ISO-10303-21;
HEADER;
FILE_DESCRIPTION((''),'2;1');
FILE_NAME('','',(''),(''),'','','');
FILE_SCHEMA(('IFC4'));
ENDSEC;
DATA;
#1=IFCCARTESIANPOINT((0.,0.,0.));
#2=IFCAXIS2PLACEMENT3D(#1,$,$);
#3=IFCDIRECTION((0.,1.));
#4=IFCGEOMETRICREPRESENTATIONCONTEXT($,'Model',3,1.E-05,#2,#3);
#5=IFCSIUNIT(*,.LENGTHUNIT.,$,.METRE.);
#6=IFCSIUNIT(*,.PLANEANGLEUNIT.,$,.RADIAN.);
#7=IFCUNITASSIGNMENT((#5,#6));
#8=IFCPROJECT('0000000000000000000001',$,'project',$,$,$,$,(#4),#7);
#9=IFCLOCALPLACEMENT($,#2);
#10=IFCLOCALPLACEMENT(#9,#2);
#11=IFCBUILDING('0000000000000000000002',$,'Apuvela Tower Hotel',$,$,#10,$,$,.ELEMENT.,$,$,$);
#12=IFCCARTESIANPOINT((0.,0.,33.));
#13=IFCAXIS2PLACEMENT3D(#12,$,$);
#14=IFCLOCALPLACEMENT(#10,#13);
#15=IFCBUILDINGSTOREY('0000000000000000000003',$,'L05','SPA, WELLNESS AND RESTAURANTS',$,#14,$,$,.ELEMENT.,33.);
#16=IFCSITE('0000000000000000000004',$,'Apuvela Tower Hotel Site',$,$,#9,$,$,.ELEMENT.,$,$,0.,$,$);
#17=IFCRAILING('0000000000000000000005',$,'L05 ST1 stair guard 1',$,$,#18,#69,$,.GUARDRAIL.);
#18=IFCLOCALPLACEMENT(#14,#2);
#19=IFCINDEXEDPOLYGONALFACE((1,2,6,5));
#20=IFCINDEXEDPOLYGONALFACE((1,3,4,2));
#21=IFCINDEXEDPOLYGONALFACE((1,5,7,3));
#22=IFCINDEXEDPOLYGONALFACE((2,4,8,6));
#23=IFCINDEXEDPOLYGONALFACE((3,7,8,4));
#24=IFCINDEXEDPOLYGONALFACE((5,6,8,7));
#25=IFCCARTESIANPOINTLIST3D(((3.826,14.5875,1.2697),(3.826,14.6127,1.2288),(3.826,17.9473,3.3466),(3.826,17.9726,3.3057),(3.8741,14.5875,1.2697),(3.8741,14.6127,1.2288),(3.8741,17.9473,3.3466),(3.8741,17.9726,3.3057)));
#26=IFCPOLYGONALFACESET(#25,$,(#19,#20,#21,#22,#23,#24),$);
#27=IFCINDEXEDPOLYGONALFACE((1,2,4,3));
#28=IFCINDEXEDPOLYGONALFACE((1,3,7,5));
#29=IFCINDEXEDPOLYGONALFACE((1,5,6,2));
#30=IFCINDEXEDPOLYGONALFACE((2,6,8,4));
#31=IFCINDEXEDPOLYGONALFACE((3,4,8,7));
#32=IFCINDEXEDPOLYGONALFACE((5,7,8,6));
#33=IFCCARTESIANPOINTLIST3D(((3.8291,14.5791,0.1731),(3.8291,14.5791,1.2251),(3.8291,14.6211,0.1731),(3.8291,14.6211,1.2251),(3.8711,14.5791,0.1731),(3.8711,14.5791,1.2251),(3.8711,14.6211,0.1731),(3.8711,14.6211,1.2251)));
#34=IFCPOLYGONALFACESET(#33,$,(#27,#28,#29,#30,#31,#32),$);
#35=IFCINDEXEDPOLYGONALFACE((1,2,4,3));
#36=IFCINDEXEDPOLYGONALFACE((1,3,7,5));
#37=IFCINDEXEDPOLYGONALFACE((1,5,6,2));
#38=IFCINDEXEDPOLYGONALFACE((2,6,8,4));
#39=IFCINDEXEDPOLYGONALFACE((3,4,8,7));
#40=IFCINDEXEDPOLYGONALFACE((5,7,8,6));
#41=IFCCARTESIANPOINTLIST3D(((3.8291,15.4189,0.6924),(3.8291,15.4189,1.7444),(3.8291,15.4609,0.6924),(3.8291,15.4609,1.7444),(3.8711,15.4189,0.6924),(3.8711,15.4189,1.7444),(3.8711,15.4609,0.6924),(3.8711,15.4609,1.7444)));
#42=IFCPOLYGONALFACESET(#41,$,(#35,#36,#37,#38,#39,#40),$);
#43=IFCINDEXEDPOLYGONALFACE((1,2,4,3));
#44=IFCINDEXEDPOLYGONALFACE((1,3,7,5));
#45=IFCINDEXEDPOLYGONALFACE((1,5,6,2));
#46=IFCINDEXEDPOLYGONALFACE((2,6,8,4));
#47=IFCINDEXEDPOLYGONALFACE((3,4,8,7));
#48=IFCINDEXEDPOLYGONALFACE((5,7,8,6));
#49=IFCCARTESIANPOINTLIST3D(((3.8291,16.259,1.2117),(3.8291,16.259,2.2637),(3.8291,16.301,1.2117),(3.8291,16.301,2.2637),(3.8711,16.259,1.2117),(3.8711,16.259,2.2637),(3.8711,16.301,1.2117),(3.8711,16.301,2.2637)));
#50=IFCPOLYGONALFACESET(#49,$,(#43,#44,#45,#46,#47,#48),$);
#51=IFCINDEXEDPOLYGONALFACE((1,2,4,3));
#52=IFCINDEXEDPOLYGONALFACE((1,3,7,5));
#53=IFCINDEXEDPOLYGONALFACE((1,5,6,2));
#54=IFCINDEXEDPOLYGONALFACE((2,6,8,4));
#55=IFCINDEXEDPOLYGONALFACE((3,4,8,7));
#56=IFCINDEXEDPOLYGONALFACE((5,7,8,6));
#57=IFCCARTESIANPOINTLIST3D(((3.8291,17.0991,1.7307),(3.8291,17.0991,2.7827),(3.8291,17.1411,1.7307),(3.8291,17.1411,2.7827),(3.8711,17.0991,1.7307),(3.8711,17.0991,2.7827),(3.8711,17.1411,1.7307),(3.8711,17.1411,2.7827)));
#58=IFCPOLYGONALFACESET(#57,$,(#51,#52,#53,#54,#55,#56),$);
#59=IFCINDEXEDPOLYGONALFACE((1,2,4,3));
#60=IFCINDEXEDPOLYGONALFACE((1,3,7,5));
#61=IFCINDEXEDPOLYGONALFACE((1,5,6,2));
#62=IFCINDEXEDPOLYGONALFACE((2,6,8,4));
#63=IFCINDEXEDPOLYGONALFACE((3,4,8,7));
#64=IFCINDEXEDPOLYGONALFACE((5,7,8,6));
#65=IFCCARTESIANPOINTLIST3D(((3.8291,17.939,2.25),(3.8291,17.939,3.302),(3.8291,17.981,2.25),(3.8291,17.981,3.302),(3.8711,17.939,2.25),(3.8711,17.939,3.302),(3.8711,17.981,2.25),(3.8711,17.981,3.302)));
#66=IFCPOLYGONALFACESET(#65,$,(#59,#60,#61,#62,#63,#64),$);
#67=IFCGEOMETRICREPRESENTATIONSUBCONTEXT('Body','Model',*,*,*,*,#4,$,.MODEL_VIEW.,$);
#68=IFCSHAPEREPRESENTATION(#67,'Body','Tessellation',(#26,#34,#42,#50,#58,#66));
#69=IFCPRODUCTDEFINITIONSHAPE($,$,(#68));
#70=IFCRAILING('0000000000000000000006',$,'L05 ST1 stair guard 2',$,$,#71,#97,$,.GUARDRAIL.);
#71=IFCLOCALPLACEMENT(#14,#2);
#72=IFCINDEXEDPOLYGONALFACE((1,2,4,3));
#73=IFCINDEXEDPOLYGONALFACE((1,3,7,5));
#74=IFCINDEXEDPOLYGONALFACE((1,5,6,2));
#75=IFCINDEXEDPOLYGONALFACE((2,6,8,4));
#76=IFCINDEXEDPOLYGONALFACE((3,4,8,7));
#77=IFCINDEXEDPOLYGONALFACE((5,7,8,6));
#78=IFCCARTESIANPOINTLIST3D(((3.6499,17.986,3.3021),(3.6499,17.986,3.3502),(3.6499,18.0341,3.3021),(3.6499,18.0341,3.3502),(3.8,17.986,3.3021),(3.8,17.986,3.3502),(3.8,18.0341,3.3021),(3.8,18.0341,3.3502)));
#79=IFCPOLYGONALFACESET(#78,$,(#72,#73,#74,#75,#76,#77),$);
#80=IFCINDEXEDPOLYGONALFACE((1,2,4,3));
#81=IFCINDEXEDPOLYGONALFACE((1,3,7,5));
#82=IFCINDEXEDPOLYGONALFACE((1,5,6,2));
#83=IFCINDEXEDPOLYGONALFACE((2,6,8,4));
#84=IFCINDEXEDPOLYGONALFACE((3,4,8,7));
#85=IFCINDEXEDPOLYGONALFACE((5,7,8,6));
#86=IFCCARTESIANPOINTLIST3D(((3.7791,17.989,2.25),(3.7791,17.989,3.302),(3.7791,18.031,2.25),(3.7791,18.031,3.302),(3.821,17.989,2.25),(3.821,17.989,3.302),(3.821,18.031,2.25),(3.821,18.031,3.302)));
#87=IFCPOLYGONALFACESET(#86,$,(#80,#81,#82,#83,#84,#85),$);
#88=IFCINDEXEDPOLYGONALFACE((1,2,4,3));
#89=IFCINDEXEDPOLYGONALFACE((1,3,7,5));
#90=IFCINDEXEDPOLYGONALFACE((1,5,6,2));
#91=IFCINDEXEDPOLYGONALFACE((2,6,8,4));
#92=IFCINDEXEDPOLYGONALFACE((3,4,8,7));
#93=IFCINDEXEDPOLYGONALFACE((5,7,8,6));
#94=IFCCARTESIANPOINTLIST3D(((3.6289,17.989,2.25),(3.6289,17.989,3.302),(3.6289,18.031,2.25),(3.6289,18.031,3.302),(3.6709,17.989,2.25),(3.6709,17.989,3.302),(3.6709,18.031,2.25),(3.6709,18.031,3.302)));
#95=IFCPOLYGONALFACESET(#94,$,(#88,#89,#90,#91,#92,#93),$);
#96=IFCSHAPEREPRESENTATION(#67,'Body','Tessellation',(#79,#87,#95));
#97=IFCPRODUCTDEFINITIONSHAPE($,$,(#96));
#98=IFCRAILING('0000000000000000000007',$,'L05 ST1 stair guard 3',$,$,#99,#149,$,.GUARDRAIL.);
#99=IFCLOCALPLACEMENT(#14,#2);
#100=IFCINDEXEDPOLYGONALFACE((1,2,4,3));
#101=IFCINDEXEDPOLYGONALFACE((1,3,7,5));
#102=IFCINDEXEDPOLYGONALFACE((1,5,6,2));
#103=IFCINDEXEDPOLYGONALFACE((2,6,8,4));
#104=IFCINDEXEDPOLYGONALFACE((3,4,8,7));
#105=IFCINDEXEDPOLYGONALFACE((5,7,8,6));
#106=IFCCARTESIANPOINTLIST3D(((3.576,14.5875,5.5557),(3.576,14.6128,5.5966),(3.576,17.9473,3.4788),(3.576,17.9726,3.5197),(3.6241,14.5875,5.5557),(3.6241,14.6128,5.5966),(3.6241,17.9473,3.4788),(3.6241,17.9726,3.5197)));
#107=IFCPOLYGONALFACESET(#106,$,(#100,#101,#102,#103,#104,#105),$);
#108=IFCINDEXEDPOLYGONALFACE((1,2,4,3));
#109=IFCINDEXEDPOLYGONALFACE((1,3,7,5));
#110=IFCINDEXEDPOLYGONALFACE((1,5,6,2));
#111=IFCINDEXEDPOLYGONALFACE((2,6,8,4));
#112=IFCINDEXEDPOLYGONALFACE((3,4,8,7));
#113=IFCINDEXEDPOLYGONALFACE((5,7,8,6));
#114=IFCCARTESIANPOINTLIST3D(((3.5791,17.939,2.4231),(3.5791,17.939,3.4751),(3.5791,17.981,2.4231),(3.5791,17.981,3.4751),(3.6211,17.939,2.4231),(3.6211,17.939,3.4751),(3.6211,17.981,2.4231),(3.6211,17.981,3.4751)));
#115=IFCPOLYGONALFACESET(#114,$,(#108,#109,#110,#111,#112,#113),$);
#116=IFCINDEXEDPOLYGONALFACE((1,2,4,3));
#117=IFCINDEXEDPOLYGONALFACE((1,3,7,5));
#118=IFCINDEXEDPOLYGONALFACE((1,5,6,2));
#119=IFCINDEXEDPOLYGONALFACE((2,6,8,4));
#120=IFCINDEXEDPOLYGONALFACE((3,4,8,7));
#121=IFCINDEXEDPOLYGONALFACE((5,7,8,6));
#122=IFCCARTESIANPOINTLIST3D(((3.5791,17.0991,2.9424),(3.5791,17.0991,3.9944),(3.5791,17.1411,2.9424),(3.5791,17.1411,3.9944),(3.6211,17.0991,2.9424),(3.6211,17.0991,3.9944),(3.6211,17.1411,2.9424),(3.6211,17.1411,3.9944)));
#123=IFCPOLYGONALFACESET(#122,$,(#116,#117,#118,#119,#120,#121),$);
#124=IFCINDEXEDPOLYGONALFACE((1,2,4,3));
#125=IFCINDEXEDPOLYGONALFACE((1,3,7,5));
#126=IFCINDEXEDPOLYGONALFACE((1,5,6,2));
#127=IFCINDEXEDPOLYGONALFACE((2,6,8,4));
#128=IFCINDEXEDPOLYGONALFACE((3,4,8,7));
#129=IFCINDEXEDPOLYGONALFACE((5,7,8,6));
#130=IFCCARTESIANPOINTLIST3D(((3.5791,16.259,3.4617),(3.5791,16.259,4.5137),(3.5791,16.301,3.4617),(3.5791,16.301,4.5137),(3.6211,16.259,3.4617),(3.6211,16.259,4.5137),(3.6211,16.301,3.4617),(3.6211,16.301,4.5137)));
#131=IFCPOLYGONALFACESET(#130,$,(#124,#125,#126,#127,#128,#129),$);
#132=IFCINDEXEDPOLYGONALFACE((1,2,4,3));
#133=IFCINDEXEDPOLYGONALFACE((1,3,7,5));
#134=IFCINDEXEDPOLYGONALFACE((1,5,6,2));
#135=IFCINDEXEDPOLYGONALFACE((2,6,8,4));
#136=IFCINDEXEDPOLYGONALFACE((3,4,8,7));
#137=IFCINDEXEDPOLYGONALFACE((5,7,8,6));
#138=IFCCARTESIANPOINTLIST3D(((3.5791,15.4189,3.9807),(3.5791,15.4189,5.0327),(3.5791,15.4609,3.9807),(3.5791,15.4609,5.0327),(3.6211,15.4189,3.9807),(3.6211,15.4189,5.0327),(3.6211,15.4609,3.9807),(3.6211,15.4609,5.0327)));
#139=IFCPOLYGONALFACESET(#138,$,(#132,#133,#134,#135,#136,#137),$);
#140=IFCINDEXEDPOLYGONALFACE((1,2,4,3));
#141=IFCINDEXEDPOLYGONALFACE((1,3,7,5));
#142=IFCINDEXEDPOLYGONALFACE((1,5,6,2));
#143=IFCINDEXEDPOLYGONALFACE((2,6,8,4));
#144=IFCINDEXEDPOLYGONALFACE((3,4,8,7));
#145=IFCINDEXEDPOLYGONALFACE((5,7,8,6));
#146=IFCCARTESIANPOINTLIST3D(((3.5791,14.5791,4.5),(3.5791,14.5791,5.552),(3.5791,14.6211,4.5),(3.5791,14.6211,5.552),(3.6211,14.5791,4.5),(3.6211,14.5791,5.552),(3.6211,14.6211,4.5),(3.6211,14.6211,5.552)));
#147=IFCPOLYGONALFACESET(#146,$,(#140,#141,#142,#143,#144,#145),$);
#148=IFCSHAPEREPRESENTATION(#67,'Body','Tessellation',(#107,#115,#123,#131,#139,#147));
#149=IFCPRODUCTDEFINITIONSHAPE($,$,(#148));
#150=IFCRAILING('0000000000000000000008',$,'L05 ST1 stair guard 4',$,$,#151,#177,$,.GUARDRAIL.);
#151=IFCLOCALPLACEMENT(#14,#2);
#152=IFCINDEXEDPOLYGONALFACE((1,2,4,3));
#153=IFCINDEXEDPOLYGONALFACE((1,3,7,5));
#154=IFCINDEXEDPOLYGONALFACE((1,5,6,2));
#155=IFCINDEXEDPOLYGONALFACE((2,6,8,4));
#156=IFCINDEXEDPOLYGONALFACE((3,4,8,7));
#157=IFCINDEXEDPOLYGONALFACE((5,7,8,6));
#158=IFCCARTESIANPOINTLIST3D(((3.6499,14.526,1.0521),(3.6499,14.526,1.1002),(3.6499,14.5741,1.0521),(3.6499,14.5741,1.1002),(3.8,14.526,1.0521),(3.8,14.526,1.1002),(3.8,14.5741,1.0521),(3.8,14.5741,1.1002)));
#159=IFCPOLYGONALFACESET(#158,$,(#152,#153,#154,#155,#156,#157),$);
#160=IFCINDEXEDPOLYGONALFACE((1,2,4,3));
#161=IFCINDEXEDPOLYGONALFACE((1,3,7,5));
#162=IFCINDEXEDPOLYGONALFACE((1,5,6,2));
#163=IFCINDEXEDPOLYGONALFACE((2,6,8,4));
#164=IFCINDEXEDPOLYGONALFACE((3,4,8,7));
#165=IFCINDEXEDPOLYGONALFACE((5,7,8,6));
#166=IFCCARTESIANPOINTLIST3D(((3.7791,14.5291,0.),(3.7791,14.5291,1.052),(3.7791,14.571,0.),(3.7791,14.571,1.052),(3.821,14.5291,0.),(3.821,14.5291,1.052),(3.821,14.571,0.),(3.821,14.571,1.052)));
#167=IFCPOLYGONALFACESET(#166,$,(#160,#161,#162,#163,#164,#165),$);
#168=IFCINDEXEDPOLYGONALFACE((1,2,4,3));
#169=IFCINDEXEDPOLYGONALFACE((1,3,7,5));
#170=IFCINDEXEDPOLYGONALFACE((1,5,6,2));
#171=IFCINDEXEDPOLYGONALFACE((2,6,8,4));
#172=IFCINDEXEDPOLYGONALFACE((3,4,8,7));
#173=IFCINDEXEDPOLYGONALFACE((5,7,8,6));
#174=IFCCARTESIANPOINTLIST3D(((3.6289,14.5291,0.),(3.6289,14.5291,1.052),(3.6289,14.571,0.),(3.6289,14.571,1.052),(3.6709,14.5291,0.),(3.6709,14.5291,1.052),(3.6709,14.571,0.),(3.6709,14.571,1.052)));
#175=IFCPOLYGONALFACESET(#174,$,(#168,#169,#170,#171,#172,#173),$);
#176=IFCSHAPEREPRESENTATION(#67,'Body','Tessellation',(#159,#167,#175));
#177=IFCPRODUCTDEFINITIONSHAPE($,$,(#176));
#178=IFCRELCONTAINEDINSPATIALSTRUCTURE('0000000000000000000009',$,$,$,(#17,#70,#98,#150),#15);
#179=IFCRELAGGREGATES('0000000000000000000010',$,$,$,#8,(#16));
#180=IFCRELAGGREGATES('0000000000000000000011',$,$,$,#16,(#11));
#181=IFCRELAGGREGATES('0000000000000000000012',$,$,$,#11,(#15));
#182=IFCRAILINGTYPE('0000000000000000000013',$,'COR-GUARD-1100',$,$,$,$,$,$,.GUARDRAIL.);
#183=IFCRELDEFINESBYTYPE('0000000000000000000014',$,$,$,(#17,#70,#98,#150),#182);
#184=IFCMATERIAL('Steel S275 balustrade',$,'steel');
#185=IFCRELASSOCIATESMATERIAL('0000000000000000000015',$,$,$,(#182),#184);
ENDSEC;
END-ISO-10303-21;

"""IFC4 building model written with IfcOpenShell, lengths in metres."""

from ifc_helpers import new_model, si_unit, direction, frame, origin, origin_2d, place, context, subcontext, project, spatial, rectangle, extrude, material, type_object, element, save


model = new_model("IFC4")

# Units and contexts
model_context = context("Model", 3, precision=1e-05, world=origin(), true_north=direction((0.0, 1.0)))
body_context = subcontext(model_context, "Body", "Model", "MODEL_VIEW")
ifc_project = project(units=[si_unit("LENGTHUNIT", "METRE"), si_unit("PLANEANGLEUNIT", "RADIAN")], contexts=[model_context])

# Site, building, storey
site_placement = place(None, origin())
site = spatial("IfcSite", under=ifc_project, at=site_placement, Name="Apuvela Tower Hotel Site", CompositionType="ELEMENT", RefElevation=0.0)
building_placement = place(site_placement, origin())
building = spatial("IfcBuilding", under=site, at=building_placement, Name="Apuvela Tower Hotel", CompositionType="ELEMENT")
storey_placement = place(building_placement, frame((0.0, 0.0, 33.0)))
storey = spatial("IfcBuildingStorey", under=building, at=storey_placement, Name="L05", Description="SPA, WELLNESS AND RESTAURANTS", CompositionType="ELEMENT", Elevation=33.0)

# Railings
ifc_material_1 = material(Name="Steel S275 balustrade", Category="steel")
railing_type_1 = type_object("IfcRailingType", Name="COR-GUARD-1100", PredefinedType="GUARDRAIL", material=ifc_material_1)
railing_1_placement = place(storey_placement, frame((3.8501, 14.6001, 0.1731)))
element("IfcRailing", 1, at=railing_1_placement, inside=storey, type_object=railing_type_1, Name="L05 ST1 stair guard 1", PredefinedType="GUARDRAIL", context=body_context, shape_type="SweptSolid", body=[
    extrude(rectangle(XDim=0.0481, YDim=0.0481, at=origin_2d()), frame((0.0, 0.0, 1.0762), z_axis=(0.0, 0.850606, 0.525803), x_axis=(-1.0, 0.0, 0.0)), (0.0, 0.0, 1.0), 3.95),
    extrude(rectangle(XDim=0.042, YDim=0.042, at=origin_2d()), origin(), (0.0, 0.0, 1.0), 1.052),
    extrude(rectangle(XDim=0.042, YDim=0.042, at=origin_2d()), frame((0.0, 0.8398, 0.5193)), (0.0, 0.0, 1.0), 1.052),
    extrude(rectangle(XDim=0.042, YDim=0.042, at=origin_2d()), frame((0.0, 1.6799, 1.0386)), (0.0, 0.0, 1.0), 1.052),
    extrude(rectangle(XDim=0.042, YDim=0.042, at=origin_2d()), frame((0.0, 2.52, 1.5576)), (0.0, 0.0, 1.0), 1.052),
    extrude(rectangle(XDim=0.042, YDim=0.042, at=origin_2d()), frame((0.0, 3.3599, 2.0769)), (0.0, 0.0, 1.0), 1.052),
])
railing_2_placement = place(storey_placement, frame((3.8, 18.01, 2.25)))
element("IfcRailing", 2, at=railing_2_placement, inside=storey, type_object=railing_type_1, Name="L05 ST1 stair guard 2", PredefinedType="GUARDRAIL", context=body_context, shape_type="SweptSolid", body=[
    extrude(rectangle(XDim=0.0481, YDim=0.0481, at=origin_2d()), frame((0.0, 0.0, 1.0762), z_axis=(-1.0, 0.0, 0.0), x_axis=(0.0, -1.0, 0.0)), (0.0, 0.0, 1.0), 0.1501),
    extrude(rectangle(XDim=0.042, YDim=0.042, at=origin_2d()), origin(), (0.0, 0.0, 1.0), 1.052),
    extrude(rectangle(XDim=0.042, YDim=0.042, at=origin_2d()), frame((-0.1501, 0.0, 0.0)), (0.0, 0.0, 1.0), 1.052),
])
railing_3_placement = place(storey_placement, frame((3.6001, 17.96, 2.4231)))
element("IfcRailing", 3, at=railing_3_placement, inside=storey, type_object=railing_type_1, Name="L05 ST1 stair guard 3", PredefinedType="GUARDRAIL", context=body_context, shape_type="SweptSolid", body=[
    extrude(rectangle(XDim=0.0481, YDim=0.0481, at=origin_2d()), frame((0.0, 0.0, 1.0762), z_axis=(0.0, -0.850606, 0.525803), x_axis=(1.0, 0.0, 0.0)), (0.0, 0.0, 1.0), 3.95),
    extrude(rectangle(XDim=0.042, YDim=0.042, at=origin_2d()), origin(), (0.0, 0.0, 1.0), 1.052),
    extrude(rectangle(XDim=0.042, YDim=0.042, at=origin_2d()), frame((0.0, -0.8398, 0.5193)), (0.0, 0.0, 1.0), 1.052),
    extrude(rectangle(XDim=0.042, YDim=0.042, at=origin_2d()), frame((0.0, -1.6799, 1.0386)), (0.0, 0.0, 1.0), 1.052),
    extrude(rectangle(XDim=0.042, YDim=0.042, at=origin_2d()), frame((0.0, -2.52, 1.5576)), (0.0, 0.0, 1.0), 1.052),
    extrude(rectangle(XDim=0.042, YDim=0.042, at=origin_2d()), frame((0.0, -3.3599, 2.0769)), (0.0, 0.0, 1.0), 1.052),
])
railing_4_placement = place(storey_placement, frame((3.8, 14.55, 0.0)))
element("IfcRailing", 4, at=railing_4_placement, inside=storey, type_object=railing_type_1, Name="L05 ST1 stair guard 4", PredefinedType="GUARDRAIL", context=body_context, shape_type="SweptSolid", body=[
    extrude(rectangle(XDim=0.0481, YDim=0.0481, at=origin_2d()), frame((0.0, 0.0, 1.0762), z_axis=(-1.0, 0.0, 0.0), x_axis=(0.0, -1.0, 0.0)), (0.0, 0.0, 1.0), 0.1501),
    extrude(rectangle(XDim=0.042, YDim=0.042, at=origin_2d()), origin(), (0.0, 0.0, 1.0), 1.052),
    extrude(rectangle(XDim=0.042, YDim=0.042, at=origin_2d()), frame((-0.1501, 0.0, 0.0)), (0.0, 0.0, 1.0), 1.052),
])

save(model, "model.ifc")
